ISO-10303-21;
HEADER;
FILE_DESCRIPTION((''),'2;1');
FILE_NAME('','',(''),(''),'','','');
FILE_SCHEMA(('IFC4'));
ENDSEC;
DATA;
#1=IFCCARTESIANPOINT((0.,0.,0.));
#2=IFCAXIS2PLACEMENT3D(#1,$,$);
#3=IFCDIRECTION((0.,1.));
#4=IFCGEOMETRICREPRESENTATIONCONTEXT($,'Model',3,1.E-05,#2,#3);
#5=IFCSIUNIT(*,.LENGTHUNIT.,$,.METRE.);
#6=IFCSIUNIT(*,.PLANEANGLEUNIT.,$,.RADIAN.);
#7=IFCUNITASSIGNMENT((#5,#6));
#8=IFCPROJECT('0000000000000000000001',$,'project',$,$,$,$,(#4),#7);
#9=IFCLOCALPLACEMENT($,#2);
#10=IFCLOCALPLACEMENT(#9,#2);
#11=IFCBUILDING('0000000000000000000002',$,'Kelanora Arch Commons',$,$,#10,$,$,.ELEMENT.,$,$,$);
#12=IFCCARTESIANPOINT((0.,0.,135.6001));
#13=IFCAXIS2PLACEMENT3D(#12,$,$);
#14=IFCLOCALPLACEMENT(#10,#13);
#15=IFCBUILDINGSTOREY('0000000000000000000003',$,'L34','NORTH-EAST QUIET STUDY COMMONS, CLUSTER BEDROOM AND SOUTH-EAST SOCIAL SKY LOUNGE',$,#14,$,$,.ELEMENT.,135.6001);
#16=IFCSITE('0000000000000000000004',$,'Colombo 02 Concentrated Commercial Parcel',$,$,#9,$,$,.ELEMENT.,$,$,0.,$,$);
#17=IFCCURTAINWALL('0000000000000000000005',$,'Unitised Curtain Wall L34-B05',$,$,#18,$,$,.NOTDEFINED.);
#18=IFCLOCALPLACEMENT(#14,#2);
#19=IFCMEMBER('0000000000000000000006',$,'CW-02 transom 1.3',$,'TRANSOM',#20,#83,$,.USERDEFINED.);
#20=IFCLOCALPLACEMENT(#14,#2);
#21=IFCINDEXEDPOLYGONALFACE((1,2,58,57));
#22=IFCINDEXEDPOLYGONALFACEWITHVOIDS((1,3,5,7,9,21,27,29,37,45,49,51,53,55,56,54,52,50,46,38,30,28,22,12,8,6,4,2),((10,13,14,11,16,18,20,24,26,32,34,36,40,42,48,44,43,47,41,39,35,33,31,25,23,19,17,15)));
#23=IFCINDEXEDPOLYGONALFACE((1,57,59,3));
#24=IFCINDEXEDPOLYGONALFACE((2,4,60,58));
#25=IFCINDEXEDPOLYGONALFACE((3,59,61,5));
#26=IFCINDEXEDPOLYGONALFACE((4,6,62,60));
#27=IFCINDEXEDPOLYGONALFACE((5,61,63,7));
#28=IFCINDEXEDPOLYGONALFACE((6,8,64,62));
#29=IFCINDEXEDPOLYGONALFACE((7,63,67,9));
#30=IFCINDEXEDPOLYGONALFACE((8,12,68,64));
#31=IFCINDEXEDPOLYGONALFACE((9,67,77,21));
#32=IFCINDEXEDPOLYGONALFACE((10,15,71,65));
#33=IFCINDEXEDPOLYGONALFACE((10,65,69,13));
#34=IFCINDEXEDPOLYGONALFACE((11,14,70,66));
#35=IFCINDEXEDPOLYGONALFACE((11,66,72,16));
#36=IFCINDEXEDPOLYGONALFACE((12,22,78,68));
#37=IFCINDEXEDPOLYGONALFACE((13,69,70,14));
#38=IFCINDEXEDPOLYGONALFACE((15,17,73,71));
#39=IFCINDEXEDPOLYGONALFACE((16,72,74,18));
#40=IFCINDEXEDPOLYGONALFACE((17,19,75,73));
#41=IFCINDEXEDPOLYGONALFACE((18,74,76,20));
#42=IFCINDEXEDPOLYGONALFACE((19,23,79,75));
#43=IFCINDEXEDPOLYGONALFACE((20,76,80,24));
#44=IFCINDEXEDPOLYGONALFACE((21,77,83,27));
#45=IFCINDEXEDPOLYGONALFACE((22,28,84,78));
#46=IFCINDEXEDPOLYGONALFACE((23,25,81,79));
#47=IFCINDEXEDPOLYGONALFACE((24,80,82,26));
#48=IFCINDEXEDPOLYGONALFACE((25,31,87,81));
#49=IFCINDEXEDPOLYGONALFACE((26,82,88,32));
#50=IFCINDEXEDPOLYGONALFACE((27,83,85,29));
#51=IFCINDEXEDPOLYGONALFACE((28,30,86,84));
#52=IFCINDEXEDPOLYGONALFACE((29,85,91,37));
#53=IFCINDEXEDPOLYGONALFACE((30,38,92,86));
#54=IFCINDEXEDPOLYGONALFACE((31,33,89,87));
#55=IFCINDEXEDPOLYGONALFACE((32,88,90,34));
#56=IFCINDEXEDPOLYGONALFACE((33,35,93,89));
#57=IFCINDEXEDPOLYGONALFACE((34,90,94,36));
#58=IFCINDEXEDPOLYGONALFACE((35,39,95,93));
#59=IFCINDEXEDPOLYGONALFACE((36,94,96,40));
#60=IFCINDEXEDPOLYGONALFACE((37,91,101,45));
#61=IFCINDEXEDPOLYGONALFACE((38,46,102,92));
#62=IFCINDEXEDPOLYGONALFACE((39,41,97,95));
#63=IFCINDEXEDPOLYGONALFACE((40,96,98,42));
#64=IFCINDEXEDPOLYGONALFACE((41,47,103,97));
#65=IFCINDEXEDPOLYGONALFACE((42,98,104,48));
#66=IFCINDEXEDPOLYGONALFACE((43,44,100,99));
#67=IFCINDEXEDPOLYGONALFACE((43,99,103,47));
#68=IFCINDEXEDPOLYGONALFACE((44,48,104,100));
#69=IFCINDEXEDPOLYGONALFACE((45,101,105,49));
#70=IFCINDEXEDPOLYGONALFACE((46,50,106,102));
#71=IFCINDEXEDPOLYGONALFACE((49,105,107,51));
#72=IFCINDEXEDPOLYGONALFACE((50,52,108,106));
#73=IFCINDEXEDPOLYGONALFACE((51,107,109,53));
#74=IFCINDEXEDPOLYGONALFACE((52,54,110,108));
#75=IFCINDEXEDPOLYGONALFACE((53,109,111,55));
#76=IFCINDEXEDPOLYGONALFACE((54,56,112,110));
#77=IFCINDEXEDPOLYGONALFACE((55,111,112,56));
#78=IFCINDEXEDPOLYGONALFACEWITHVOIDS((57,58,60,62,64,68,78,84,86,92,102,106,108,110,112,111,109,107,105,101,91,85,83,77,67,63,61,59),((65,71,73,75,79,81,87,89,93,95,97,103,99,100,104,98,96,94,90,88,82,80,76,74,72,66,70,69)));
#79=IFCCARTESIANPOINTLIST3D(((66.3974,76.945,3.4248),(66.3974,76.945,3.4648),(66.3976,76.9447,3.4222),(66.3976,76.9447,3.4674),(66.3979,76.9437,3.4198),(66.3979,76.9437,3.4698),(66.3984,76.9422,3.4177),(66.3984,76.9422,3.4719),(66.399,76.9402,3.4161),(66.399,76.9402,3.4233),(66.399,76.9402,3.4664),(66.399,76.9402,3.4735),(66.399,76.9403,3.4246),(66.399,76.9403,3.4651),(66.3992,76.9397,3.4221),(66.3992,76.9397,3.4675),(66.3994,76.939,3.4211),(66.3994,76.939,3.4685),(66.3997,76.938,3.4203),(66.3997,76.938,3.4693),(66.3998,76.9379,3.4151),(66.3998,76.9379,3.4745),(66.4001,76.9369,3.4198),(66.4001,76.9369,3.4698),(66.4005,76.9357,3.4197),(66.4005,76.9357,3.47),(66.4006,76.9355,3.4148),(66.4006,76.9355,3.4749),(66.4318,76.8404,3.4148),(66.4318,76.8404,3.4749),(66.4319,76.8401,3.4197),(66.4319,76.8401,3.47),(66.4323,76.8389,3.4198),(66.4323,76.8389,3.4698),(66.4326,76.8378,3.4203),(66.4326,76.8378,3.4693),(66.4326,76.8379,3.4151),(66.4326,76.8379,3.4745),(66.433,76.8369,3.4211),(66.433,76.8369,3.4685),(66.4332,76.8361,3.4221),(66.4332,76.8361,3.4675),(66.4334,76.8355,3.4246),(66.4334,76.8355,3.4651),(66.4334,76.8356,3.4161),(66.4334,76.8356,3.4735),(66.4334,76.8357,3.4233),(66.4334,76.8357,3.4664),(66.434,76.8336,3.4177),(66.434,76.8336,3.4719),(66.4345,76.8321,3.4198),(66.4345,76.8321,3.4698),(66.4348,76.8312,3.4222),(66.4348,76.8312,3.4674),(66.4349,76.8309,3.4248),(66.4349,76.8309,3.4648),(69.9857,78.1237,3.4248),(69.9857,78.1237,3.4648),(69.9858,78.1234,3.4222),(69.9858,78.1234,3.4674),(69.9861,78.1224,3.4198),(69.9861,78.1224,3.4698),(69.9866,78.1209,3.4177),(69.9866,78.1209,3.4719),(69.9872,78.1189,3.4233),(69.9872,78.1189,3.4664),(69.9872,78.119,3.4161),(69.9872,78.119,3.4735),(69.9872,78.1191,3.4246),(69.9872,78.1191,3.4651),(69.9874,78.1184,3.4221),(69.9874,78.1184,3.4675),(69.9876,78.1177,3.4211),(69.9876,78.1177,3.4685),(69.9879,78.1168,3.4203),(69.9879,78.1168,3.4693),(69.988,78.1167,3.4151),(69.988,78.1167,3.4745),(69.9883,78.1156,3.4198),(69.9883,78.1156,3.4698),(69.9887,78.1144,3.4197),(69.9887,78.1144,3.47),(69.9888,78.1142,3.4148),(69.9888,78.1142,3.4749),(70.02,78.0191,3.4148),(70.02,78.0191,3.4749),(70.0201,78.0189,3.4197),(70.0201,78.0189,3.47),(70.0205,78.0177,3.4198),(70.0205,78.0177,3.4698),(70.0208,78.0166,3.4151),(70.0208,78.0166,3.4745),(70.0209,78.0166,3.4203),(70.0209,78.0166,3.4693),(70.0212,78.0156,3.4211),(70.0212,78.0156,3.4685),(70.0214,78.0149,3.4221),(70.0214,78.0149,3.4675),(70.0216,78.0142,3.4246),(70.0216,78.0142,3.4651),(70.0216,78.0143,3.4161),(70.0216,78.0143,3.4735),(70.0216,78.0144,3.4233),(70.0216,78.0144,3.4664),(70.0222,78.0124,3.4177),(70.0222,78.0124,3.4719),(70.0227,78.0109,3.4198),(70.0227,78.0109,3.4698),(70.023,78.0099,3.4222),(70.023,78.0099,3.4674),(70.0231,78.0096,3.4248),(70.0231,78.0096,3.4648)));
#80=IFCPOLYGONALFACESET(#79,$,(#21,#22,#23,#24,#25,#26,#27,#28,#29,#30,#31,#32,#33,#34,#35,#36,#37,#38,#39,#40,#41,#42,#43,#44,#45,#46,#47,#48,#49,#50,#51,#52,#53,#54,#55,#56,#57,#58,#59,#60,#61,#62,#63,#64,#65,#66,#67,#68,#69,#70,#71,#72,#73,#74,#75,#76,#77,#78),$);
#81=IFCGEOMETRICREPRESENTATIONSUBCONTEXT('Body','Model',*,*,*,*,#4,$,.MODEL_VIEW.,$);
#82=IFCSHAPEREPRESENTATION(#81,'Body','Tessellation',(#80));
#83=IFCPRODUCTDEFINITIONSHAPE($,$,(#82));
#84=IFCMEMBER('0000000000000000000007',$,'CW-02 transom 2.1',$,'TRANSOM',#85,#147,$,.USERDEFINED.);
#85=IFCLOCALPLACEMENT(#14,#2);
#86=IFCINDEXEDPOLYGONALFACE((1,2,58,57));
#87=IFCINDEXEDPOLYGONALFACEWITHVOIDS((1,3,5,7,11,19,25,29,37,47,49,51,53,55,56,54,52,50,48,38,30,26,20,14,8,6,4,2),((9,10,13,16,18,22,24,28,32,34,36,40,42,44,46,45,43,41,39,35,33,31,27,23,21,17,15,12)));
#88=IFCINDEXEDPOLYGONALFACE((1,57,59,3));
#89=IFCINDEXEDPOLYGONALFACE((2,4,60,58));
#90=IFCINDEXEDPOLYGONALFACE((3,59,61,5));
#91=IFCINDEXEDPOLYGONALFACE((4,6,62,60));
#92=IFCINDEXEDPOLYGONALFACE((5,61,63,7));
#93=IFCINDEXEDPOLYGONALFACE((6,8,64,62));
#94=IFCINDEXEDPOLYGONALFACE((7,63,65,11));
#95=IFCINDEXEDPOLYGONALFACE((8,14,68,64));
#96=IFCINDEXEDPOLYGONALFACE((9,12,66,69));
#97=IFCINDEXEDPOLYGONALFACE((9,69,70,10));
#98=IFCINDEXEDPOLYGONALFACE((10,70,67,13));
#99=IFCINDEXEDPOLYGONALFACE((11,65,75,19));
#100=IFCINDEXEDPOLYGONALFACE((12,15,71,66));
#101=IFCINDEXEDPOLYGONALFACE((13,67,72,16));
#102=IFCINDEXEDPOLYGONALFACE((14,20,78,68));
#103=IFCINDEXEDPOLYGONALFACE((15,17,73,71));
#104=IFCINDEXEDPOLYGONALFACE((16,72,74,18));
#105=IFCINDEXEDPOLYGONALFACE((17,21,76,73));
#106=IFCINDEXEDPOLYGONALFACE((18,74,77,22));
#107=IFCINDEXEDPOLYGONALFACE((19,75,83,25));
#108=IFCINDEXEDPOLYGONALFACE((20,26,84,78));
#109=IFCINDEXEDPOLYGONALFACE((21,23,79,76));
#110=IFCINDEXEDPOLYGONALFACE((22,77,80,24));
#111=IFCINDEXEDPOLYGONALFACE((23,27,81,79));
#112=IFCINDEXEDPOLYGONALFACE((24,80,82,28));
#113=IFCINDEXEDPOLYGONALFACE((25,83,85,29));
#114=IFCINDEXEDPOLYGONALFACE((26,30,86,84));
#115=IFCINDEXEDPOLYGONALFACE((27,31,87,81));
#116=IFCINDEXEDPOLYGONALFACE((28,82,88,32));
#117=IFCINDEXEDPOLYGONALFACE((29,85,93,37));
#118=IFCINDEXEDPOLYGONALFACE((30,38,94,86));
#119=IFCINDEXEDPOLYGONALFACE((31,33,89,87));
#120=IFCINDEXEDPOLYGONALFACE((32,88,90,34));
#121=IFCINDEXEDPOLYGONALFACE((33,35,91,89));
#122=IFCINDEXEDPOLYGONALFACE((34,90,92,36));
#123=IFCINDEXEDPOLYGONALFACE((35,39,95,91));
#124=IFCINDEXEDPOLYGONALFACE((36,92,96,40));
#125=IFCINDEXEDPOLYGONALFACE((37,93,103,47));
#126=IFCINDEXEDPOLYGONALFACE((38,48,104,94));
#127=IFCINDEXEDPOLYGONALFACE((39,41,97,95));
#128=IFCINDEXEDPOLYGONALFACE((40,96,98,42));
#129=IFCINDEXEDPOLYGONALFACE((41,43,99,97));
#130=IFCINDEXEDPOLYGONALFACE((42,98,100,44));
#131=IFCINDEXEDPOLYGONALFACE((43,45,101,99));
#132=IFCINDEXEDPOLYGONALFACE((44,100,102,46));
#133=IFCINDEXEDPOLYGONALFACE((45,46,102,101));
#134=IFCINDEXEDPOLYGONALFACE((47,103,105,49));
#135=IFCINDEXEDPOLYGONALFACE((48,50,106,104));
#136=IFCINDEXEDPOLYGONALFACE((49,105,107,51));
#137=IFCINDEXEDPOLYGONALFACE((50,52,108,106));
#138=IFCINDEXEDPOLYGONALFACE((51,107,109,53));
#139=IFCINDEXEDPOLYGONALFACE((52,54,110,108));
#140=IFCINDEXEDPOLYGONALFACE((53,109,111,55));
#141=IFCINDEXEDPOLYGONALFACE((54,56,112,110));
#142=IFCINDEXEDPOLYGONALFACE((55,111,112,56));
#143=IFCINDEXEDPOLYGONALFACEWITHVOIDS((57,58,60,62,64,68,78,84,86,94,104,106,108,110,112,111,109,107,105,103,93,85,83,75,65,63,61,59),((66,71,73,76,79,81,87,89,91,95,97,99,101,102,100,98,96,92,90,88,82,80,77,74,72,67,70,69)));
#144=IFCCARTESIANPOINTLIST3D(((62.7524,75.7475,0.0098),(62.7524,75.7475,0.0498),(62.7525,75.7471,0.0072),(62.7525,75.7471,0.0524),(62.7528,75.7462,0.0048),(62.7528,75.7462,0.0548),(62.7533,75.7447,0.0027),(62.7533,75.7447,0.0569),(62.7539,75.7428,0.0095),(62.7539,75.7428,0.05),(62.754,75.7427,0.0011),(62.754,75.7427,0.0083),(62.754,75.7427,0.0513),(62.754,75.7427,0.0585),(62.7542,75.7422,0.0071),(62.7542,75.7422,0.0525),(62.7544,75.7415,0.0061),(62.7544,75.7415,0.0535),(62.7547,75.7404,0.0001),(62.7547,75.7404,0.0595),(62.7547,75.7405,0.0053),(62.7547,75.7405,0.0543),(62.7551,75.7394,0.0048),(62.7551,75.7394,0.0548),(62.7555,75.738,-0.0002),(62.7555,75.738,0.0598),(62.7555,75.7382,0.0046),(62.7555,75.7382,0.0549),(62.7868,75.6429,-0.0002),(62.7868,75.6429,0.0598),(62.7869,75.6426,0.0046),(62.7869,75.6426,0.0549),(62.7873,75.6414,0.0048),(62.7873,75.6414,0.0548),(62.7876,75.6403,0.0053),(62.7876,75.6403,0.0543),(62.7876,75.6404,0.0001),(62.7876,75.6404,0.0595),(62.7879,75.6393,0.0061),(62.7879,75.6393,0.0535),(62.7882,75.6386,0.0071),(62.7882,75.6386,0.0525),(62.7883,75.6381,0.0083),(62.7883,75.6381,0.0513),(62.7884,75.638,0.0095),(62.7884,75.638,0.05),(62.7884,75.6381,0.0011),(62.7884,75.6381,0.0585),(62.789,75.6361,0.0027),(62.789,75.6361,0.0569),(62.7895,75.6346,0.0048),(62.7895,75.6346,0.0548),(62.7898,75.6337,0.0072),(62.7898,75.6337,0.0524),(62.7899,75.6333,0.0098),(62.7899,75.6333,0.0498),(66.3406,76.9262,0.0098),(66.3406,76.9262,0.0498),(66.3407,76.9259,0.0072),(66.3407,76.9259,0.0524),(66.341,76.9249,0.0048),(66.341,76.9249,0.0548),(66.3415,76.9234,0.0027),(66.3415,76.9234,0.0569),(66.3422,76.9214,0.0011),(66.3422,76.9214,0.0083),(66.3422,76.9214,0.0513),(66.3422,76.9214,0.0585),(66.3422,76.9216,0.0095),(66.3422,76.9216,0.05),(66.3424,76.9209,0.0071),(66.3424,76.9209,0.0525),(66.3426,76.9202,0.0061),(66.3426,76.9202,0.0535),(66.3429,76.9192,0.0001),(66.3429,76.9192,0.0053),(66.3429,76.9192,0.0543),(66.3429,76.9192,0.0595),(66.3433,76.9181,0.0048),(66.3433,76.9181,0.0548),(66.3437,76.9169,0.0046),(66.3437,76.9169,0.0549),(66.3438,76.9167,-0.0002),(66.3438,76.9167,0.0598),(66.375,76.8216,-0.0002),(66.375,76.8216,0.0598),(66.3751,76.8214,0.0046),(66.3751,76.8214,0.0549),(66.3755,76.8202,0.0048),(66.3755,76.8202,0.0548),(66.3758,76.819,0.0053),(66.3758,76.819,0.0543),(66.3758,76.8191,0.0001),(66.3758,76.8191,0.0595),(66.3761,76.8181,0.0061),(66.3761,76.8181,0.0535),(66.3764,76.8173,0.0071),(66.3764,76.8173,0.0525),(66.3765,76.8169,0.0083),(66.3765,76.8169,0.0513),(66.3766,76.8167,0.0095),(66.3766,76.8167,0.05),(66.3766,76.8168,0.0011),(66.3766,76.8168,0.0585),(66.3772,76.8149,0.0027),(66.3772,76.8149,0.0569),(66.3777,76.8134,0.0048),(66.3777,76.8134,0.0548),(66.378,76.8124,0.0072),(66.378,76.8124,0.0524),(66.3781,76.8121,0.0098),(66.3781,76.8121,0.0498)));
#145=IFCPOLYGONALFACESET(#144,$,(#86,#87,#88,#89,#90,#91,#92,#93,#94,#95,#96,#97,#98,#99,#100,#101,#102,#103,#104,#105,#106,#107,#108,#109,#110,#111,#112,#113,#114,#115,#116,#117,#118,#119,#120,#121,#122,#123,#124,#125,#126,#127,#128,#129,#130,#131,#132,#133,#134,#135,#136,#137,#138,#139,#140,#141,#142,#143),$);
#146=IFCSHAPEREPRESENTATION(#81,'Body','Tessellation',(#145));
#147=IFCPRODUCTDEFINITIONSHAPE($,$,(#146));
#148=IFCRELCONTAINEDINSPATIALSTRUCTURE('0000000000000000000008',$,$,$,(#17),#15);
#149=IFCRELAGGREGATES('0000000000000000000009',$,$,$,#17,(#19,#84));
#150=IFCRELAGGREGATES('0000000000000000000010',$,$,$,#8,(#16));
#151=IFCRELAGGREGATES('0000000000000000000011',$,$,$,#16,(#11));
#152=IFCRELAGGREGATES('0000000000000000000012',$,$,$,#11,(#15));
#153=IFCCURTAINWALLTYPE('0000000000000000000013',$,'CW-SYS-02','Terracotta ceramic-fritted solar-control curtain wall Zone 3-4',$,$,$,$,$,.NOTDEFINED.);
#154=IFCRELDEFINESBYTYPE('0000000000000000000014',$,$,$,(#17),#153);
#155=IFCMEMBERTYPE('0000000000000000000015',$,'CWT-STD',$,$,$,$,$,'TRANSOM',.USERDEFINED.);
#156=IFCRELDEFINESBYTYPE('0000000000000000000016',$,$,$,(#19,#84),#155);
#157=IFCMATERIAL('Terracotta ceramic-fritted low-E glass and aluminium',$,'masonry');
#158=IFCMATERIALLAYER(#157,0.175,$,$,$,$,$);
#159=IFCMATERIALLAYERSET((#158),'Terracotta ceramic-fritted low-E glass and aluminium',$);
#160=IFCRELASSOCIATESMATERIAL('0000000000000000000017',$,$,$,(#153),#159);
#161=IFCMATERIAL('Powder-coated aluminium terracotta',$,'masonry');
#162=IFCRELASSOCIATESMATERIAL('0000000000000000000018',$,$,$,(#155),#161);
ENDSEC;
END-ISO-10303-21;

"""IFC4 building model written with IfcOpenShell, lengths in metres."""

from ifc_helpers import new_model, si_unit, direction, frame, origin, origin_2d, place, context, subcontext, project, spatial, hollow_rectangle, extrude, material, layer, layer_set, material_profile, profile_set, type_object, element, aggregate, save


model = new_model("IFC4")

# Units and contexts
model_context = context("Model", 3, precision=1e-05, world=origin(), true_north=direction((0.0, 1.0)))
body_context = subcontext(model_context, "Body", "Model", "MODEL_VIEW")
ifc_project = project(units=[si_unit("LENGTHUNIT", "METRE"), si_unit("PLANEANGLEUNIT", "RADIAN")], contexts=[model_context])

# Site, building, storey
site_placement = place(None, origin())
site = spatial("IfcSite", under=ifc_project, at=site_placement, Name="Colombo 02 Concentrated Commercial Parcel", CompositionType="ELEMENT", RefElevation=0.0)
building_placement = place(site_placement, origin())
building = spatial("IfcBuilding", under=site, at=building_placement, Name="Kelanora Arch Commons", CompositionType="ELEMENT")
storey_placement = place(building_placement, frame((0.0, 0.0, 135.6001)))
storey = spatial("IfcBuildingStorey", under=building, at=storey_placement, Name="L34", Description="NORTH-EAST QUIET STUDY COMMONS, CLUSTER BEDROOM AND SOUTH-EAST SOCIAL SKY LOUNGE", CompositionType="ELEMENT", Elevation=135.6001)

# Curtain wall, members
ifc_material_1 = material(Name="Terracotta ceramic-fritted low-E glass and aluminium", Category="masonry")
ifc_layer_1 = layer(ifc_material_1, 0.175)
ifc_layer_set_1 = layer_set([ifc_layer_1], Name="Terracotta ceramic-fritted low-E glass and aluminium")
curtain_wall_type = type_object("IfcCurtainWallType", Name="CW-SYS-02", Description="Terracotta ceramic-fritted solar-control curtain wall Zone 3-4", PredefinedType="NOTDEFINED", material=ifc_layer_set_1)
curtain_wall_placement = place(storey_placement, origin())
curtain_wall = element("IfcCurtainWall", 1, at=curtain_wall_placement, inside=storey, type_object=curtain_wall_type, Name="Unitised Curtain Wall L34-B05", PredefinedType="NOTDEFINED")
ifc_material_2 = material(Name="Powder-coated aluminium terracotta", Category="masonry")
ifc_material_profile_1 = material_profile(ifc_material_2, hollow_rectangle(XDim=0.1201, YDim=0.0601, WallThickness=0.0049, InnerFilletRadius=0.0049, OuterFilletRadius=0.01, at=origin_2d()), Name="CWT120x60")
ifc_profile_set_1 = profile_set([ifc_material_profile_1], Name="Powder-coated aluminium terracotta")
member_type_1 = type_object("IfcMemberType", Name="CWT-STD", ElementType="TRANSOM", PredefinedType="USERDEFINED", material=ifc_profile_set_1)
member_1_placement = place(storey_placement, frame((70.0044, 78.0667, 3.4448), z_axis=(-0.950051, -0.312094, 0.0), x_axis=(0.312094, -0.950051, 0.0)))
member_1 = element("IfcMember", 2, at=member_1_placement, type_object=member_type_1, Name="CW-02 transom 1.3", ObjectType="TRANSOM", PredefinedType="USERDEFINED", context=body_context, shape_type="SweptSolid", body=[
    extrude(hollow_rectangle(XDim=0.1201, YDim=0.0601, WallThickness=0.0049, InnerFilletRadius=0.0049, OuterFilletRadius=0.01, at=origin_2d()), origin(), (0.0, 0.0, 1.0), 3.7769),
])
member_2_placement = place(storey_placement, frame((66.3594, 76.8691, 0.0298), z_axis=(-0.950051, -0.312094, 0.0), x_axis=(0.312094, -0.950051, 0.0)))
member_2 = element("IfcMember", 3, at=member_2_placement, type_object=member_type_1, Name="CW-02 transom 2.1", ObjectType="TRANSOM", PredefinedType="USERDEFINED", context=body_context, shape_type="SweptSolid", body=[
    extrude(hollow_rectangle(XDim=0.1201, YDim=0.0601, WallThickness=0.0049, InnerFilletRadius=0.0049, OuterFilletRadius=0.01, at=origin_2d()), origin(), (0.0, 0.0, 1.0), 3.7769),
])
aggregate(curtain_wall, [member_1, member_2])

save(model, "model.ifc")
